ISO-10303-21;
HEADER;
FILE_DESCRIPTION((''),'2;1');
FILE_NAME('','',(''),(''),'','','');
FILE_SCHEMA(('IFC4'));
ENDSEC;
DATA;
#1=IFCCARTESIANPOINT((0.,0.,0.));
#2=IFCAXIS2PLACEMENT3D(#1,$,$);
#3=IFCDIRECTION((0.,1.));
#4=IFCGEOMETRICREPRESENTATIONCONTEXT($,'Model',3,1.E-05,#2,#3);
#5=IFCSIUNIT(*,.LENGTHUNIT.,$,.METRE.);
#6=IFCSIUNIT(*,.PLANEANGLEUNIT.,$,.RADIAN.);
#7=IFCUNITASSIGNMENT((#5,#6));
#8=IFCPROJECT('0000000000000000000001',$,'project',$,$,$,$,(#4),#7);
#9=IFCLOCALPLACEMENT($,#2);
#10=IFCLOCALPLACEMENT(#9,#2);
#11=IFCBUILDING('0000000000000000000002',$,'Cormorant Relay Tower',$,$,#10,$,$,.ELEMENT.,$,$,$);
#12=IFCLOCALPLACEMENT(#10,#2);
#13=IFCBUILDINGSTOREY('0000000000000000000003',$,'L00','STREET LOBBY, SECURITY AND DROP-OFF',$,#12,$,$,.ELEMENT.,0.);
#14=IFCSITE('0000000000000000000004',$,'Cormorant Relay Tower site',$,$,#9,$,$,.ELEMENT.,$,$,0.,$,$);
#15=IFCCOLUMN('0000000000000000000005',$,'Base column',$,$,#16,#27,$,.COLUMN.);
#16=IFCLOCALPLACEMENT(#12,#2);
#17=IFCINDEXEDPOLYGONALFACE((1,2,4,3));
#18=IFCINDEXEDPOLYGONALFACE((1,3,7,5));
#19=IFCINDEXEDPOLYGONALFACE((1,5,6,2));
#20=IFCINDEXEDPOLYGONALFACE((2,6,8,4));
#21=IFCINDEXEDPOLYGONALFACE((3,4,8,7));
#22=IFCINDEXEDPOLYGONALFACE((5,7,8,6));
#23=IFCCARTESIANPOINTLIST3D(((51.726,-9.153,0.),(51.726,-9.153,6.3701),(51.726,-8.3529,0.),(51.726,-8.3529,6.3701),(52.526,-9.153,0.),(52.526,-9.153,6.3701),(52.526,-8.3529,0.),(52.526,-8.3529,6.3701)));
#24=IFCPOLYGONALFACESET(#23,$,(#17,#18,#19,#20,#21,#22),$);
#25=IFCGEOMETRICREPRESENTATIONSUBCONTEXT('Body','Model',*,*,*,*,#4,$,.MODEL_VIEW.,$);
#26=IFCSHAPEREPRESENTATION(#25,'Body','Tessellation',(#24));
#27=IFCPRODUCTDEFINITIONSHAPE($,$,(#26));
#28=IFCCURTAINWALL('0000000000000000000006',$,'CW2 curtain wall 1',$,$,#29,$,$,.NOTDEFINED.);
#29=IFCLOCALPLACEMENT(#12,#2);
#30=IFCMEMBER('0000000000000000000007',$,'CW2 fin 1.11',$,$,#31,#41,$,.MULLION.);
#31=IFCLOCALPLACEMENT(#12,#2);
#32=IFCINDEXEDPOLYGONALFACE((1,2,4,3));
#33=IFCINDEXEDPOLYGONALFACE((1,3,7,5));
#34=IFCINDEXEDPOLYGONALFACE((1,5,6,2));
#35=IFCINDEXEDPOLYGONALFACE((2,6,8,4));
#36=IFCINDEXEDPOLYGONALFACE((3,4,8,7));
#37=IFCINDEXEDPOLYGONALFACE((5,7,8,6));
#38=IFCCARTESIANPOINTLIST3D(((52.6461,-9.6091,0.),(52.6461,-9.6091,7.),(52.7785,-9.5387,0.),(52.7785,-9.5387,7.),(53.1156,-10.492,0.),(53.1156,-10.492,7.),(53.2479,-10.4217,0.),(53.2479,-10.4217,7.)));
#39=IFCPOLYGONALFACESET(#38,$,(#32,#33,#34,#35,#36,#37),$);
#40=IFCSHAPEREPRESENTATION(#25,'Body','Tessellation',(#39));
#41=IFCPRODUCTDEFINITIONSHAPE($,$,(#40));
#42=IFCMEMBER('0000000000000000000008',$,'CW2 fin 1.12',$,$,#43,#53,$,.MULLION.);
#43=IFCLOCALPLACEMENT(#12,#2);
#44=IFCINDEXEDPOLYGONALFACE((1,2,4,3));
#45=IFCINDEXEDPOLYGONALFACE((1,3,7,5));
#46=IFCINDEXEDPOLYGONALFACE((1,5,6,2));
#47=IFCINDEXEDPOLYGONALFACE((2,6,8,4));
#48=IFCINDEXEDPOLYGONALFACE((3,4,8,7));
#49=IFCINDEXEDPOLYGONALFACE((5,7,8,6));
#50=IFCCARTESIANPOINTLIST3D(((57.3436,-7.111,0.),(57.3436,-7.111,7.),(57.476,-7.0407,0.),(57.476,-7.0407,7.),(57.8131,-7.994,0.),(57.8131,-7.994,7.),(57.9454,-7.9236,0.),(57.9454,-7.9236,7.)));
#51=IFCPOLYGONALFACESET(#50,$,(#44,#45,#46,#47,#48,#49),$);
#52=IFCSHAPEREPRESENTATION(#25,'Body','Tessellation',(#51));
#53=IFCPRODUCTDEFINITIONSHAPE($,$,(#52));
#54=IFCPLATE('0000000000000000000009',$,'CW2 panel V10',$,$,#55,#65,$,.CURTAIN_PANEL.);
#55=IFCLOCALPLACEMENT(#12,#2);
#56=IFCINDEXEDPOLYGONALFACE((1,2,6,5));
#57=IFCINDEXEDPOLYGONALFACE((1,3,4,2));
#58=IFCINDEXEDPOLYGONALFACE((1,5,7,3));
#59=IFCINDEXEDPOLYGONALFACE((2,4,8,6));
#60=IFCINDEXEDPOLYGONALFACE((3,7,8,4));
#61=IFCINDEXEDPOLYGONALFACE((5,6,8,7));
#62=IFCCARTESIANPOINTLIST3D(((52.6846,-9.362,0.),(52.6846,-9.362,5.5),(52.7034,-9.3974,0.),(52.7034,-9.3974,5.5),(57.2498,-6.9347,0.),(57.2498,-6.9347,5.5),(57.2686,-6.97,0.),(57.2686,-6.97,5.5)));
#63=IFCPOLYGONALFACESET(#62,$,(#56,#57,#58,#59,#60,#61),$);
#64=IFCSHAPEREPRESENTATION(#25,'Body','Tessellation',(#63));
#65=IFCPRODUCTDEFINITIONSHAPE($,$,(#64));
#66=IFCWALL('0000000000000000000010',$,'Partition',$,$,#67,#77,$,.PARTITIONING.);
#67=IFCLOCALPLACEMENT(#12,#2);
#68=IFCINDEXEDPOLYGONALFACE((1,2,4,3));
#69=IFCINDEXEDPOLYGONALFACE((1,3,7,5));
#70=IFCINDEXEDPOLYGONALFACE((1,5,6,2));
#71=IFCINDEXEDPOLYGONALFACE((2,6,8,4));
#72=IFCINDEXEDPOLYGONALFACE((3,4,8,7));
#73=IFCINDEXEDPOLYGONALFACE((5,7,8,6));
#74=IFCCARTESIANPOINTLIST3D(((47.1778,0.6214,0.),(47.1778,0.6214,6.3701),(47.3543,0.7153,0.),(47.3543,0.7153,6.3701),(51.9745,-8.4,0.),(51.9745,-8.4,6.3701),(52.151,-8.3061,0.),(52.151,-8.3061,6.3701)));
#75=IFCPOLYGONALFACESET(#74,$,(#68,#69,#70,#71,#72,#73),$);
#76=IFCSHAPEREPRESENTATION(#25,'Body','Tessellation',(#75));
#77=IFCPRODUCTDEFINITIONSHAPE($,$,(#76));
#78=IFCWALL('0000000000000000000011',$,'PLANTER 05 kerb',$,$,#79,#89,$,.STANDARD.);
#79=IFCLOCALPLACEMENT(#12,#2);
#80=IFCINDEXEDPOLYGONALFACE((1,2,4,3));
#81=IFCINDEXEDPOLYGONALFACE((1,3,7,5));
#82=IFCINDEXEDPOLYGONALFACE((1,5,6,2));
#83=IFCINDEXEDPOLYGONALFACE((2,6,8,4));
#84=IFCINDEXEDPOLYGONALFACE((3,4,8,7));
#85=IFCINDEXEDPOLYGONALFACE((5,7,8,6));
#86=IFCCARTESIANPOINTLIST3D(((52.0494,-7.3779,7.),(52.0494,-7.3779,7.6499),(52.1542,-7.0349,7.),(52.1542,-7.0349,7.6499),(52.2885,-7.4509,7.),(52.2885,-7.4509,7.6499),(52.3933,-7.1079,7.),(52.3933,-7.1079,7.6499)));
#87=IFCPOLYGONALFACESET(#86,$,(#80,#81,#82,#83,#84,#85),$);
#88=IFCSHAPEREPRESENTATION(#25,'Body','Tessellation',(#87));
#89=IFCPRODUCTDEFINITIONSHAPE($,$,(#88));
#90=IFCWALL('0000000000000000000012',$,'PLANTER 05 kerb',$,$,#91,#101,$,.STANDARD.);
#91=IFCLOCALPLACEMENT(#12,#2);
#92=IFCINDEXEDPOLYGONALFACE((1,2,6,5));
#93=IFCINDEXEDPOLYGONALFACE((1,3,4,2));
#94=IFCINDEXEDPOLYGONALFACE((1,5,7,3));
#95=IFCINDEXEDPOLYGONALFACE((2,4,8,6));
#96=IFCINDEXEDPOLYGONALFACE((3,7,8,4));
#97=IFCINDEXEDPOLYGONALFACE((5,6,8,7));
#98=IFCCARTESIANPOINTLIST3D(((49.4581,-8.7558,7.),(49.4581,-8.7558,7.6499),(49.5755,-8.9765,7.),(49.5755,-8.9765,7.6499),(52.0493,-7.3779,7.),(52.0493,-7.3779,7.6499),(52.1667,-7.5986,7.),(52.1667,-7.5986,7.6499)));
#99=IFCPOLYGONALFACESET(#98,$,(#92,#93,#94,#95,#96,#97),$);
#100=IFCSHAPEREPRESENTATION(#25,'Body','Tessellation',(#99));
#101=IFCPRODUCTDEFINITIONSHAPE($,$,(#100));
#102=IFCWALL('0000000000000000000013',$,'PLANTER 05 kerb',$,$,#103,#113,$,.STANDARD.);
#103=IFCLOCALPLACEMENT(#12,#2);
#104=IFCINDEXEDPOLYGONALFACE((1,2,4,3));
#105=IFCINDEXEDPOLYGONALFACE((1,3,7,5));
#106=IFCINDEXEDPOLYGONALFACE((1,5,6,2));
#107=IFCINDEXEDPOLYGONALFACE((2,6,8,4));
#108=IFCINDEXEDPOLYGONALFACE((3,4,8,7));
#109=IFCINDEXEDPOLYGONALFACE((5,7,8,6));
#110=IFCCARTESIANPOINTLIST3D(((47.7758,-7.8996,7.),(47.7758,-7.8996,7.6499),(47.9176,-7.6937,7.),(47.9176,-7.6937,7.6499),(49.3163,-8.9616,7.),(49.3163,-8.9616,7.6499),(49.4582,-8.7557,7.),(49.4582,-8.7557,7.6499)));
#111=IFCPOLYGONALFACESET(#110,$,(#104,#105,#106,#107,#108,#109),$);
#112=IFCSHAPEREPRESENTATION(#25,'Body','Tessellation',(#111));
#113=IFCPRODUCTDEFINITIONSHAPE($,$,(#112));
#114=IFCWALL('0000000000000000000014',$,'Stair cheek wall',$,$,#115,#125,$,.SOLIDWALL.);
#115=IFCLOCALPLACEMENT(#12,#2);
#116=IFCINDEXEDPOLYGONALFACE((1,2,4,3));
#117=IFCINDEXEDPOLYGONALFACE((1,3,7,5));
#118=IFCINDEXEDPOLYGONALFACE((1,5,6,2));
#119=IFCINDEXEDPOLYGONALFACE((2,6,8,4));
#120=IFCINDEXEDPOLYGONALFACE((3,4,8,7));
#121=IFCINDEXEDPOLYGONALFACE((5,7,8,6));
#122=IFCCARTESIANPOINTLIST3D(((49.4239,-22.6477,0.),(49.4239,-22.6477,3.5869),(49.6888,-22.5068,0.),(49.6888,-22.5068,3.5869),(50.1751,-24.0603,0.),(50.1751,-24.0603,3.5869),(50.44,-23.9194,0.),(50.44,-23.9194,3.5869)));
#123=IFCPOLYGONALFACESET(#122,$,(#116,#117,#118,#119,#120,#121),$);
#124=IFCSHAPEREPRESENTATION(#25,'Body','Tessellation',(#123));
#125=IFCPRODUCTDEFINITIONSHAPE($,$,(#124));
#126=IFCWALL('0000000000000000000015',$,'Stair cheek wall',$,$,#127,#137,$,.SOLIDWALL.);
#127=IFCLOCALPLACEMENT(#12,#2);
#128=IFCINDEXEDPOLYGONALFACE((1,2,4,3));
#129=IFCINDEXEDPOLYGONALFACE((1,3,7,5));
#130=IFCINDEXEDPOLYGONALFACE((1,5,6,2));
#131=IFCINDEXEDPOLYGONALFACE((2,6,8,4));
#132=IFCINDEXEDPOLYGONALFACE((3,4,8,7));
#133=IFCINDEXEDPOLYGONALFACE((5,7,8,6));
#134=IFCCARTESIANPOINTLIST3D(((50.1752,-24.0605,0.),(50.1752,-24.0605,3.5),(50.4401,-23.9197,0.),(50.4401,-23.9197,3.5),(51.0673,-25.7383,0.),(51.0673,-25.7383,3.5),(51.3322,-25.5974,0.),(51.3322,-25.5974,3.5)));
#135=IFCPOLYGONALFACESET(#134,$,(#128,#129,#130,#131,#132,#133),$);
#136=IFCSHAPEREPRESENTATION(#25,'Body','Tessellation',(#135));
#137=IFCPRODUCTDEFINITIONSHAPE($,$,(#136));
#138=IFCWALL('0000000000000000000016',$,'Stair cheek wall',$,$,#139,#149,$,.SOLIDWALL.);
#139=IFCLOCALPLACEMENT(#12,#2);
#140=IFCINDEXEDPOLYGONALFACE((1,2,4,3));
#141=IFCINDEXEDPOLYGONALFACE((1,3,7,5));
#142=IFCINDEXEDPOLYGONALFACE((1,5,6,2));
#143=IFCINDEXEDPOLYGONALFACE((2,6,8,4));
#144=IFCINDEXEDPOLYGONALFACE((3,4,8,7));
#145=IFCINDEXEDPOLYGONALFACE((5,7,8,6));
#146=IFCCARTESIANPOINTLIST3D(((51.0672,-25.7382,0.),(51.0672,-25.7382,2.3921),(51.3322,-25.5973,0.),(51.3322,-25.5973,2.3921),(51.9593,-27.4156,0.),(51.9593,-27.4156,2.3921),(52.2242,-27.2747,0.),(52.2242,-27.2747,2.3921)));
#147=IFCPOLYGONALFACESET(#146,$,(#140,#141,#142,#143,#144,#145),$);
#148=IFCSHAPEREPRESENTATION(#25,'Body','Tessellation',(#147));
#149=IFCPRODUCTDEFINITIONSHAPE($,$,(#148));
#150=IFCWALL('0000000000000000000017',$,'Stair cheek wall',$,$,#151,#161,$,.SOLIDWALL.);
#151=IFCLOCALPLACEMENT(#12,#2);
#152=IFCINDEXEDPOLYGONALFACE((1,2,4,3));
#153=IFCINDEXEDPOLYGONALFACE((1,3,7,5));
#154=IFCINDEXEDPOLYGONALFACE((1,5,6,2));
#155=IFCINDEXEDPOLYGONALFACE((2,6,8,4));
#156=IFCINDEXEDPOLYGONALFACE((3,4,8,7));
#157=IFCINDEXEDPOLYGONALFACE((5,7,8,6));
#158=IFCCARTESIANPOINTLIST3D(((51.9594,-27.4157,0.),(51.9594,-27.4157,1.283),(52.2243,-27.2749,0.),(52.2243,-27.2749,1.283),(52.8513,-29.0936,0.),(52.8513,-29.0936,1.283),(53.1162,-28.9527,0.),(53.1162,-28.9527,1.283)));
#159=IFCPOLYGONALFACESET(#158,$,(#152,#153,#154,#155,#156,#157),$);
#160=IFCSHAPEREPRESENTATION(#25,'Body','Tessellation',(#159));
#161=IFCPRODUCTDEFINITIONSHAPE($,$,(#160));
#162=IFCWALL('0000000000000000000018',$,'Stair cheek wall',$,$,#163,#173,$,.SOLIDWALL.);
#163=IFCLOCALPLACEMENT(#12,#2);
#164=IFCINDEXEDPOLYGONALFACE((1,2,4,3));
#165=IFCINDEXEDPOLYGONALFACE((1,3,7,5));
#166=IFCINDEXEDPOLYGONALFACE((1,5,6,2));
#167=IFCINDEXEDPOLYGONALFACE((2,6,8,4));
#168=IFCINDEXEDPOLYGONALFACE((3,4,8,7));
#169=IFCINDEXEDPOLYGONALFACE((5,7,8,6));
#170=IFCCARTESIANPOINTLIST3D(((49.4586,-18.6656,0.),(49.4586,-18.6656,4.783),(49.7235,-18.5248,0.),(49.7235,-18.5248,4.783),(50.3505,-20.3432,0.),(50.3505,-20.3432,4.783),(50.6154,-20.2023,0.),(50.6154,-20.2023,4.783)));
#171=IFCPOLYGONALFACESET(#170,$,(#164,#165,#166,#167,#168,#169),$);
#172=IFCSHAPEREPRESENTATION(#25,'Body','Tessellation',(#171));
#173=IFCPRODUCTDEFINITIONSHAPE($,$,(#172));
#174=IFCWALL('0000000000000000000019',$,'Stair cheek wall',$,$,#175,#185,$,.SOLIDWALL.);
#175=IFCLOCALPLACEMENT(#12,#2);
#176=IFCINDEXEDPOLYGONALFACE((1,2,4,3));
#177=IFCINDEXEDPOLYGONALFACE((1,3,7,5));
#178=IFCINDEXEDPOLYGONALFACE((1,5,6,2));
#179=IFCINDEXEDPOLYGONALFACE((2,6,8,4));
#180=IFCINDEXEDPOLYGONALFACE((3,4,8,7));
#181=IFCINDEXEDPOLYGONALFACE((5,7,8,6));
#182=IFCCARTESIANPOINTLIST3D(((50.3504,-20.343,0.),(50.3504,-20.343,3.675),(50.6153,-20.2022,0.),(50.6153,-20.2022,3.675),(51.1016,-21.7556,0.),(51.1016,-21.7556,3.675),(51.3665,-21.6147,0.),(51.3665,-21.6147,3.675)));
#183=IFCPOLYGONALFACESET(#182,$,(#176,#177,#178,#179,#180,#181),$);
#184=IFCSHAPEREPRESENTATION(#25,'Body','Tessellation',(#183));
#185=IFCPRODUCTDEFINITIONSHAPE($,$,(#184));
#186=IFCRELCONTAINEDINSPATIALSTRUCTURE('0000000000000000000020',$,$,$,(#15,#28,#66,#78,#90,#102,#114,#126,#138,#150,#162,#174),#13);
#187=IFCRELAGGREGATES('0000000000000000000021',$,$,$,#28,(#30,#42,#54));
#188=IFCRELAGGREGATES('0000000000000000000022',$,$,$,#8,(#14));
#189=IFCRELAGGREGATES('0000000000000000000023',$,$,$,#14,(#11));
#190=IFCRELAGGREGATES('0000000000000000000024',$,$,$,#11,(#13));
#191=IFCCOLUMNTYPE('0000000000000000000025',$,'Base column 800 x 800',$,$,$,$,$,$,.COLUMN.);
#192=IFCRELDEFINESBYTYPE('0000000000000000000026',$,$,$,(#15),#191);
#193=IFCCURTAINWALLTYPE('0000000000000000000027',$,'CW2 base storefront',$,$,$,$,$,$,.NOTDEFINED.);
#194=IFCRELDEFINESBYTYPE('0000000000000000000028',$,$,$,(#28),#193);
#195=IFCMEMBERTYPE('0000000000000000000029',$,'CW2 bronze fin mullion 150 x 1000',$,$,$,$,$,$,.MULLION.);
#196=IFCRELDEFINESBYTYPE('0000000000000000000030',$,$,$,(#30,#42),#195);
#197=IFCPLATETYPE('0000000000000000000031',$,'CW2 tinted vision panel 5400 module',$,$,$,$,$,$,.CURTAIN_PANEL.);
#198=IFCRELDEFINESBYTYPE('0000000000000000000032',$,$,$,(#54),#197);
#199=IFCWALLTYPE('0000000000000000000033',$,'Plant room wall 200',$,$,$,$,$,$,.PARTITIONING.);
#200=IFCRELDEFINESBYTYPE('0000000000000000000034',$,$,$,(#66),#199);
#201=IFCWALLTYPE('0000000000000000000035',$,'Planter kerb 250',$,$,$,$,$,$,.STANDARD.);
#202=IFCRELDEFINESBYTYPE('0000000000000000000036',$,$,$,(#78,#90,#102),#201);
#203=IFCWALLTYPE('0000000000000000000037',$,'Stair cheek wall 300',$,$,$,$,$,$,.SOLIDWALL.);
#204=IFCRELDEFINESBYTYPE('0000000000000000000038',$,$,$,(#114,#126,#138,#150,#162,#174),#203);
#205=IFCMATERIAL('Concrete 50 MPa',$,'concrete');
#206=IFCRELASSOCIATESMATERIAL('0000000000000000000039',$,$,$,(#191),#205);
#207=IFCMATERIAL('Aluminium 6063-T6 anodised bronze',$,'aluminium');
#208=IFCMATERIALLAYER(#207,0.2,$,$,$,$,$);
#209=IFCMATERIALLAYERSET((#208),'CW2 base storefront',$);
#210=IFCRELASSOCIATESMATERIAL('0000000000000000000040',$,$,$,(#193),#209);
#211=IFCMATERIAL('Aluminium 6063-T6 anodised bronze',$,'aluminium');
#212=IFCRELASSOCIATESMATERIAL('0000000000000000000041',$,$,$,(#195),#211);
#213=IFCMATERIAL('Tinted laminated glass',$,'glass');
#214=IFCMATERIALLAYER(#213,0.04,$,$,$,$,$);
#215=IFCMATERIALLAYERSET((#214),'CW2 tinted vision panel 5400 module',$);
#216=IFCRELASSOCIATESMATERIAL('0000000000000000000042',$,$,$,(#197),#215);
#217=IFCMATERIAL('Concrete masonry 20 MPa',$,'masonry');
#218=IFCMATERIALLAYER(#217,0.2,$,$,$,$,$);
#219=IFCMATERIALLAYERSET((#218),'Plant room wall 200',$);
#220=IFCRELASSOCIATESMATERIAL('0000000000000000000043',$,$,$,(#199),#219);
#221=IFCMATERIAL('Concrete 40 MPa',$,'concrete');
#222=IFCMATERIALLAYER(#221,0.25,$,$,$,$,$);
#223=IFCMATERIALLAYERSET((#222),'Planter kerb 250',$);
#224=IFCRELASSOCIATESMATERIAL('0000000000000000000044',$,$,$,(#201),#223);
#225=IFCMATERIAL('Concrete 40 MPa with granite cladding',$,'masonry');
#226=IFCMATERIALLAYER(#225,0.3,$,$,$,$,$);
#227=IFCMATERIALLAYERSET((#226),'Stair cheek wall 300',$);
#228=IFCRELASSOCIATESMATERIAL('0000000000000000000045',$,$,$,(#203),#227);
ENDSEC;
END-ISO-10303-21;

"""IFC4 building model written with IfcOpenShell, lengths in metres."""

from ifc_helpers import new_model, si_unit, direction, frame, frame_2d, origin, origin_2d, place, context, subcontext, project, spatial, rectangle, extrude, material, layer, layer_set, material_profile, profile_set, type_object, element, aggregate, save


model = new_model("IFC4")

# Units and contexts
model_context = context("Model", 3, precision=1e-05, world=origin(), true_north=direction((0.0, 1.0)))
body_context = subcontext(model_context, "Body", "Model", "MODEL_VIEW")
ifc_project = project(units=[si_unit("LENGTHUNIT", "METRE"), si_unit("PLANEANGLEUNIT", "RADIAN")], contexts=[model_context])

# Site, building, storey
site_placement = place(None, origin())
site = spatial("IfcSite", under=ifc_project, at=site_placement, Name="Cormorant Relay Tower site", CompositionType="ELEMENT", RefElevation=0.0)
building_placement = place(site_placement, origin())
building = spatial("IfcBuilding", under=site, at=building_placement, Name="Cormorant Relay Tower", CompositionType="ELEMENT")
storey_placement = place(building_placement, origin())
storey = spatial("IfcBuildingStorey", under=building, at=storey_placement, Name="L00", Description="STREET LOBBY, SECURITY AND DROP-OFF", CompositionType="ELEMENT", Elevation=0.0)

# Column
ifc_material_1 = material(Name="Concrete 50 MPa", Category="concrete")
ifc_material_profile_1 = material_profile(ifc_material_1, rectangle(XDim=0.8, YDim=0.8, at=origin_2d()), Name="RC 800x800")
ifc_profile_set_1 = profile_set([ifc_material_profile_1], Name="Concrete 50 MPa")
column_type = type_object("IfcColumnType", Name="Base column 800 x 800", PredefinedType="COLUMN", material=ifc_profile_set_1)
column_placement = place(storey_placement, frame((52.126, -8.7529, 0.0), z_axis=(0.0, 0.0, 1.0), x_axis=(1.0, 0.0, 0.0)))
element("IfcColumn", 1, at=column_placement, inside=storey, type_object=column_type, Name="Base column", PredefinedType="COLUMN", context=body_context, shape_type="SweptSolid", body=[
    extrude(rectangle(XDim=0.8, YDim=0.8, at=origin_2d()), origin(), (0.0, 0.0, 1.0), 6.3701),
])

# Curtain wall, members, plate
ifc_material_2 = material(Name="Aluminium 6063-T6 anodised bronze", Category="aluminium")
ifc_layer_1 = layer(ifc_material_2, 0.2)
ifc_layer_set_1 = layer_set([ifc_layer_1], Name="CW2 base storefront")
curtain_wall_type = type_object("IfcCurtainWallType", Name="CW2 base storefront", PredefinedType="NOTDEFINED", material=ifc_layer_set_1)
curtain_wall_placement = place(storey_placement, origin())
curtain_wall = element("IfcCurtainWall", 2, at=curtain_wall_placement, inside=storey, type_object=curtain_wall_type, Name="CW2 curtain wall 1", PredefinedType="NOTDEFINED")
ifc_material_3 = material(Name="Aluminium 6063-T6 anodised bronze", Category="aluminium")
ifc_material_profile_2 = material_profile(ifc_material_3, rectangle(XDim=0.1499, YDim=1.0, at=origin_2d()), Name="AL 150x1000")
ifc_profile_set_2 = profile_set([ifc_material_profile_2], Name="Aluminium 6063-T6 anodised bronze")
member_type = type_object("IfcMemberType", Name="CW2 bronze fin mullion 150 x 1000", PredefinedType="MULLION", material=ifc_profile_set_2)
member_1_placement = place(storey_placement, frame((52.947, -10.0154, 0.0), z_axis=(0.0, 0.0, 1.0), x_axis=(0.882948, 0.469472, 0.0)))
member_1 = element("IfcMember", 3, at=member_1_placement, type_object=member_type, Name="CW2 fin 1.11", PredefinedType="MULLION", context=body_context, shape_type="SweptSolid", body=[
    extrude(rectangle(XDim=0.1499, YDim=1.0, at=origin_2d()), origin(), (0.0, 0.0, 1.0), 7.0),
])
member_2_placement = place(storey_placement, frame((57.6445, -7.5173, 0.0), z_axis=(0.0, 0.0, 1.0), x_axis=(0.882948, 0.469472, 0.0)))
member_2 = element("IfcMember", 4, at=member_2_placement, type_object=member_type, Name="CW2 fin 1.12", PredefinedType="MULLION", context=body_context, shape_type="SweptSolid", body=[
    extrude(rectangle(XDim=0.1499, YDim=1.0, at=origin_2d()), origin(), (0.0, 0.0, 1.0), 7.0),
])
ifc_material_4 = material(Name="Tinted laminated glass", Category="glass")
ifc_layer_2 = layer(ifc_material_4, 0.04)
ifc_layer_set_2 = layer_set([ifc_layer_2], Name="CW2 tinted vision panel 5400 module")
plate_type = type_object("IfcPlateType", Name="CW2 tinted vision panel 5400 module", PredefinedType="CURTAIN_PANEL", material=ifc_layer_set_2)
plate_placement = place(storey_placement, frame((54.9766, -8.166, 0.0), z_axis=(0.0, 0.0, 1.0), x_axis=(0.882948, 0.469472, 0.0)))
plate = element("IfcPlate", 5, at=plate_placement, type_object=plate_type, Name="CW2 panel V10", PredefinedType="CURTAIN_PANEL", context=body_context, shape_type="SweptSolid", body=[
    extrude(rectangle(XDim=5.1704, YDim=0.04, at=origin_2d()), origin(), (0.0, 0.0, 1.0), 5.5),
])
aggregate(curtain_wall, [member_1, member_2, plate])

# Walls
ifc_material_5 = material(Name="Concrete masonry 20 MPa", Category="masonry")
ifc_layer_3 = layer(ifc_material_5, 0.2)
ifc_layer_set_3 = layer_set([ifc_layer_3], Name="Plant room wall 200")
wall_type_1 = type_object("IfcWallType", Name="Plant room wall 200", PredefinedType="PARTITIONING", material=ifc_layer_set_3)
wall_1_placement = place(storey_placement, frame((52.0627, -8.353, 0.0), z_axis=(0.0, 0.0, 1.0), x_axis=(-0.469468, 0.88295, 0.0)))
element("IfcWall", 6, at=wall_1_placement, inside=storey, type_object=wall_type_1, Name="Partition", PredefinedType="PARTITIONING", context=body_context, shape_type="SweptSolid", body=[
    extrude(rectangle(XDim=10.2173, YDim=0.2, at=frame_2d((5.1086, 0.0))), origin(), (0.0, 0.0, 1.0), 6.3701),
])
ifc_material_6 = material(Name="Concrete 40 MPa", Category="concrete")
ifc_layer_4 = layer(ifc_material_6, 0.25)
ifc_layer_set_4 = layer_set([ifc_layer_4], Name="Planter kerb 250")
wall_type_2 = type_object("IfcWallType", Name="Planter kerb 250", PredefinedType="STANDARD", material=ifc_layer_set_4)
wall_2_placement = place(storey_placement, frame((52.2737, -7.0715, 7.0), z_axis=(0.0, 0.0, 1.0), x_axis=(-0.292028, -0.95641, 0.0)))
element("IfcWall", 7, at=wall_2_placement, inside=storey, type_object=wall_type_2, Name="PLANTER 05 kerb", PredefinedType="STANDARD", context=body_context, shape_type="SweptSolid", body=[
    extrude(rectangle(XDim=0.3586, YDim=0.25, at=frame_2d((0.1792, 0.0))), origin(), (0.0, 0.0, 1.0), 0.6499),
])
wall_3_placement = place(storey_placement, frame((52.1079, -7.4883, 7.0), z_axis=(0.0, 0.0, 1.0), x_axis=(-0.882933, -0.4695, 0.0)))
element("IfcWall", 8, at=wall_3_placement, inside=storey, type_object=wall_type_2, Name="PLANTER 05 kerb", PredefinedType="STANDARD", context=body_context, shape_type="SweptSolid", body=[
    extrude(rectangle(XDim=2.9348, YDim=0.25, at=frame_2d((1.4673, 0.0))), origin(), (0.0, 0.0, 1.0), 0.6499),
])
wall_4_placement = place(storey_placement, frame((49.3872, -8.8586, 7.0), z_axis=(0.0, 0.0, 1.0), x_axis=(-0.823318, 0.56758, 0.0)))
element("IfcWall", 9, at=wall_4_placement, inside=storey, type_object=wall_type_2, Name="PLANTER 05 kerb", PredefinedType="STANDARD", context=body_context, shape_type="SweptSolid", body=[
    extrude(rectangle(XDim=1.8711, YDim=0.25, at=frame_2d((0.9355, 0.0))), origin(), (0.0, 0.0, 1.0), 0.6499),
])
ifc_material_7 = material(Name="Concrete 40 MPa with granite cladding", Category="masonry")
ifc_layer_5 = layer(ifc_material_7, 0.3)
ifc_layer_set_5 = layer_set([ifc_layer_5], Name="Stair cheek wall 300")
wall_type_3 = type_object("IfcWallType", Name="Stair cheek wall 300", PredefinedType="SOLIDWALL", material=ifc_layer_set_5)
wall_5_placement = place(storey_placement, frame((49.5564, -22.5774, 0.0), z_axis=(0.0, 0.0, 1.0), x_axis=(0.469535, -0.882914, 0.0)))
element("IfcWall", 10, at=wall_5_placement, inside=storey, type_object=wall_type_3, Name="Stair cheek wall", PredefinedType="SOLIDWALL", context=body_context, shape_type="SweptSolid", body=[
    extrude(rectangle(XDim=1.5999, YDim=0.3, at=frame_2d((0.7998, 0.0))), origin(), (0.0, 0.0, 1.0), 3.5869),
])
wall_6_placement = place(storey_placement, frame((50.3076, -23.99, 0.0), z_axis=(0.0, 0.0, 1.0), x_axis=(0.469481, -0.882943, 0.0)))
element("IfcWall", 11, at=wall_6_placement, inside=storey, type_object=wall_type_3, Name="Stair cheek wall", PredefinedType="SOLIDWALL", context=body_context, shape_type="SweptSolid", body=[
    extrude(rectangle(XDim=1.9001, YDim=0.3, at=frame_2d((0.9502, 0.0))), origin(), (0.0, 0.0, 1.0), 3.5),
])
wall_7_placement = place(storey_placement, frame((51.1997, -25.6677, 0.0), z_axis=(0.0, 0.0, 1.0), x_axis=(0.469534, -0.882914, 0.0)))
element("IfcWall", 12, at=wall_7_placement, inside=storey, type_object=wall_type_3, Name="Stair cheek wall", PredefinedType="SOLIDWALL", context=body_context, shape_type="SweptSolid", body=[
    extrude(rectangle(XDim=1.8999, YDim=0.3, at=frame_2d((0.95, 0.0))), origin(), (0.0, 0.0, 1.0), 2.3921),
])
wall_8_placement = place(storey_placement, frame((52.0918, -27.3452, 0.0), z_axis=(0.0, 0.0, 1.0), x_axis=(0.469381, -0.882996, 0.0)))
element("IfcWall", 13, at=wall_8_placement, inside=storey, type_object=wall_type_3, Name="Stair cheek wall", PredefinedType="SOLIDWALL", context=body_context, shape_type="SweptSolid", body=[
    extrude(rectangle(XDim=1.9001, YDim=0.3, at=frame_2d((0.9502, 0.0))), origin(), (0.0, 0.0, 1.0), 1.283),
])
wall_9_placement = place(storey_placement, frame((49.5911, -18.5952, 0.0), z_axis=(0.0, 0.0, 1.0), x_axis=(0.469434, -0.882968, 0.0)))
element("IfcWall", 14, at=wall_9_placement, inside=storey, type_object=wall_type_3, Name="Stair cheek wall", PredefinedType="SOLIDWALL", context=body_context, shape_type="SweptSolid", body=[
    extrude(rectangle(XDim=1.8999, YDim=0.3, at=frame_2d((0.95, 0.0))), origin(), (0.0, 0.0, 1.0), 4.783),
])
wall_10_placement = place(storey_placement, frame((50.4829, -20.2727, 0.0), z_axis=(0.0, 0.0, 1.0), x_axis=(0.469535, -0.882914, 0.0)))
element("IfcWall", 15, at=wall_10_placement, inside=storey, type_object=wall_type_3, Name="Stair cheek wall", PredefinedType="SOLIDWALL", context=body_context, shape_type="SweptSolid", body=[
    extrude(rectangle(XDim=1.5999, YDim=0.3, at=frame_2d((0.7998, 0.0))), origin(), (0.0, 0.0, 1.0), 3.675),
])

save(model, "model.ifc")
